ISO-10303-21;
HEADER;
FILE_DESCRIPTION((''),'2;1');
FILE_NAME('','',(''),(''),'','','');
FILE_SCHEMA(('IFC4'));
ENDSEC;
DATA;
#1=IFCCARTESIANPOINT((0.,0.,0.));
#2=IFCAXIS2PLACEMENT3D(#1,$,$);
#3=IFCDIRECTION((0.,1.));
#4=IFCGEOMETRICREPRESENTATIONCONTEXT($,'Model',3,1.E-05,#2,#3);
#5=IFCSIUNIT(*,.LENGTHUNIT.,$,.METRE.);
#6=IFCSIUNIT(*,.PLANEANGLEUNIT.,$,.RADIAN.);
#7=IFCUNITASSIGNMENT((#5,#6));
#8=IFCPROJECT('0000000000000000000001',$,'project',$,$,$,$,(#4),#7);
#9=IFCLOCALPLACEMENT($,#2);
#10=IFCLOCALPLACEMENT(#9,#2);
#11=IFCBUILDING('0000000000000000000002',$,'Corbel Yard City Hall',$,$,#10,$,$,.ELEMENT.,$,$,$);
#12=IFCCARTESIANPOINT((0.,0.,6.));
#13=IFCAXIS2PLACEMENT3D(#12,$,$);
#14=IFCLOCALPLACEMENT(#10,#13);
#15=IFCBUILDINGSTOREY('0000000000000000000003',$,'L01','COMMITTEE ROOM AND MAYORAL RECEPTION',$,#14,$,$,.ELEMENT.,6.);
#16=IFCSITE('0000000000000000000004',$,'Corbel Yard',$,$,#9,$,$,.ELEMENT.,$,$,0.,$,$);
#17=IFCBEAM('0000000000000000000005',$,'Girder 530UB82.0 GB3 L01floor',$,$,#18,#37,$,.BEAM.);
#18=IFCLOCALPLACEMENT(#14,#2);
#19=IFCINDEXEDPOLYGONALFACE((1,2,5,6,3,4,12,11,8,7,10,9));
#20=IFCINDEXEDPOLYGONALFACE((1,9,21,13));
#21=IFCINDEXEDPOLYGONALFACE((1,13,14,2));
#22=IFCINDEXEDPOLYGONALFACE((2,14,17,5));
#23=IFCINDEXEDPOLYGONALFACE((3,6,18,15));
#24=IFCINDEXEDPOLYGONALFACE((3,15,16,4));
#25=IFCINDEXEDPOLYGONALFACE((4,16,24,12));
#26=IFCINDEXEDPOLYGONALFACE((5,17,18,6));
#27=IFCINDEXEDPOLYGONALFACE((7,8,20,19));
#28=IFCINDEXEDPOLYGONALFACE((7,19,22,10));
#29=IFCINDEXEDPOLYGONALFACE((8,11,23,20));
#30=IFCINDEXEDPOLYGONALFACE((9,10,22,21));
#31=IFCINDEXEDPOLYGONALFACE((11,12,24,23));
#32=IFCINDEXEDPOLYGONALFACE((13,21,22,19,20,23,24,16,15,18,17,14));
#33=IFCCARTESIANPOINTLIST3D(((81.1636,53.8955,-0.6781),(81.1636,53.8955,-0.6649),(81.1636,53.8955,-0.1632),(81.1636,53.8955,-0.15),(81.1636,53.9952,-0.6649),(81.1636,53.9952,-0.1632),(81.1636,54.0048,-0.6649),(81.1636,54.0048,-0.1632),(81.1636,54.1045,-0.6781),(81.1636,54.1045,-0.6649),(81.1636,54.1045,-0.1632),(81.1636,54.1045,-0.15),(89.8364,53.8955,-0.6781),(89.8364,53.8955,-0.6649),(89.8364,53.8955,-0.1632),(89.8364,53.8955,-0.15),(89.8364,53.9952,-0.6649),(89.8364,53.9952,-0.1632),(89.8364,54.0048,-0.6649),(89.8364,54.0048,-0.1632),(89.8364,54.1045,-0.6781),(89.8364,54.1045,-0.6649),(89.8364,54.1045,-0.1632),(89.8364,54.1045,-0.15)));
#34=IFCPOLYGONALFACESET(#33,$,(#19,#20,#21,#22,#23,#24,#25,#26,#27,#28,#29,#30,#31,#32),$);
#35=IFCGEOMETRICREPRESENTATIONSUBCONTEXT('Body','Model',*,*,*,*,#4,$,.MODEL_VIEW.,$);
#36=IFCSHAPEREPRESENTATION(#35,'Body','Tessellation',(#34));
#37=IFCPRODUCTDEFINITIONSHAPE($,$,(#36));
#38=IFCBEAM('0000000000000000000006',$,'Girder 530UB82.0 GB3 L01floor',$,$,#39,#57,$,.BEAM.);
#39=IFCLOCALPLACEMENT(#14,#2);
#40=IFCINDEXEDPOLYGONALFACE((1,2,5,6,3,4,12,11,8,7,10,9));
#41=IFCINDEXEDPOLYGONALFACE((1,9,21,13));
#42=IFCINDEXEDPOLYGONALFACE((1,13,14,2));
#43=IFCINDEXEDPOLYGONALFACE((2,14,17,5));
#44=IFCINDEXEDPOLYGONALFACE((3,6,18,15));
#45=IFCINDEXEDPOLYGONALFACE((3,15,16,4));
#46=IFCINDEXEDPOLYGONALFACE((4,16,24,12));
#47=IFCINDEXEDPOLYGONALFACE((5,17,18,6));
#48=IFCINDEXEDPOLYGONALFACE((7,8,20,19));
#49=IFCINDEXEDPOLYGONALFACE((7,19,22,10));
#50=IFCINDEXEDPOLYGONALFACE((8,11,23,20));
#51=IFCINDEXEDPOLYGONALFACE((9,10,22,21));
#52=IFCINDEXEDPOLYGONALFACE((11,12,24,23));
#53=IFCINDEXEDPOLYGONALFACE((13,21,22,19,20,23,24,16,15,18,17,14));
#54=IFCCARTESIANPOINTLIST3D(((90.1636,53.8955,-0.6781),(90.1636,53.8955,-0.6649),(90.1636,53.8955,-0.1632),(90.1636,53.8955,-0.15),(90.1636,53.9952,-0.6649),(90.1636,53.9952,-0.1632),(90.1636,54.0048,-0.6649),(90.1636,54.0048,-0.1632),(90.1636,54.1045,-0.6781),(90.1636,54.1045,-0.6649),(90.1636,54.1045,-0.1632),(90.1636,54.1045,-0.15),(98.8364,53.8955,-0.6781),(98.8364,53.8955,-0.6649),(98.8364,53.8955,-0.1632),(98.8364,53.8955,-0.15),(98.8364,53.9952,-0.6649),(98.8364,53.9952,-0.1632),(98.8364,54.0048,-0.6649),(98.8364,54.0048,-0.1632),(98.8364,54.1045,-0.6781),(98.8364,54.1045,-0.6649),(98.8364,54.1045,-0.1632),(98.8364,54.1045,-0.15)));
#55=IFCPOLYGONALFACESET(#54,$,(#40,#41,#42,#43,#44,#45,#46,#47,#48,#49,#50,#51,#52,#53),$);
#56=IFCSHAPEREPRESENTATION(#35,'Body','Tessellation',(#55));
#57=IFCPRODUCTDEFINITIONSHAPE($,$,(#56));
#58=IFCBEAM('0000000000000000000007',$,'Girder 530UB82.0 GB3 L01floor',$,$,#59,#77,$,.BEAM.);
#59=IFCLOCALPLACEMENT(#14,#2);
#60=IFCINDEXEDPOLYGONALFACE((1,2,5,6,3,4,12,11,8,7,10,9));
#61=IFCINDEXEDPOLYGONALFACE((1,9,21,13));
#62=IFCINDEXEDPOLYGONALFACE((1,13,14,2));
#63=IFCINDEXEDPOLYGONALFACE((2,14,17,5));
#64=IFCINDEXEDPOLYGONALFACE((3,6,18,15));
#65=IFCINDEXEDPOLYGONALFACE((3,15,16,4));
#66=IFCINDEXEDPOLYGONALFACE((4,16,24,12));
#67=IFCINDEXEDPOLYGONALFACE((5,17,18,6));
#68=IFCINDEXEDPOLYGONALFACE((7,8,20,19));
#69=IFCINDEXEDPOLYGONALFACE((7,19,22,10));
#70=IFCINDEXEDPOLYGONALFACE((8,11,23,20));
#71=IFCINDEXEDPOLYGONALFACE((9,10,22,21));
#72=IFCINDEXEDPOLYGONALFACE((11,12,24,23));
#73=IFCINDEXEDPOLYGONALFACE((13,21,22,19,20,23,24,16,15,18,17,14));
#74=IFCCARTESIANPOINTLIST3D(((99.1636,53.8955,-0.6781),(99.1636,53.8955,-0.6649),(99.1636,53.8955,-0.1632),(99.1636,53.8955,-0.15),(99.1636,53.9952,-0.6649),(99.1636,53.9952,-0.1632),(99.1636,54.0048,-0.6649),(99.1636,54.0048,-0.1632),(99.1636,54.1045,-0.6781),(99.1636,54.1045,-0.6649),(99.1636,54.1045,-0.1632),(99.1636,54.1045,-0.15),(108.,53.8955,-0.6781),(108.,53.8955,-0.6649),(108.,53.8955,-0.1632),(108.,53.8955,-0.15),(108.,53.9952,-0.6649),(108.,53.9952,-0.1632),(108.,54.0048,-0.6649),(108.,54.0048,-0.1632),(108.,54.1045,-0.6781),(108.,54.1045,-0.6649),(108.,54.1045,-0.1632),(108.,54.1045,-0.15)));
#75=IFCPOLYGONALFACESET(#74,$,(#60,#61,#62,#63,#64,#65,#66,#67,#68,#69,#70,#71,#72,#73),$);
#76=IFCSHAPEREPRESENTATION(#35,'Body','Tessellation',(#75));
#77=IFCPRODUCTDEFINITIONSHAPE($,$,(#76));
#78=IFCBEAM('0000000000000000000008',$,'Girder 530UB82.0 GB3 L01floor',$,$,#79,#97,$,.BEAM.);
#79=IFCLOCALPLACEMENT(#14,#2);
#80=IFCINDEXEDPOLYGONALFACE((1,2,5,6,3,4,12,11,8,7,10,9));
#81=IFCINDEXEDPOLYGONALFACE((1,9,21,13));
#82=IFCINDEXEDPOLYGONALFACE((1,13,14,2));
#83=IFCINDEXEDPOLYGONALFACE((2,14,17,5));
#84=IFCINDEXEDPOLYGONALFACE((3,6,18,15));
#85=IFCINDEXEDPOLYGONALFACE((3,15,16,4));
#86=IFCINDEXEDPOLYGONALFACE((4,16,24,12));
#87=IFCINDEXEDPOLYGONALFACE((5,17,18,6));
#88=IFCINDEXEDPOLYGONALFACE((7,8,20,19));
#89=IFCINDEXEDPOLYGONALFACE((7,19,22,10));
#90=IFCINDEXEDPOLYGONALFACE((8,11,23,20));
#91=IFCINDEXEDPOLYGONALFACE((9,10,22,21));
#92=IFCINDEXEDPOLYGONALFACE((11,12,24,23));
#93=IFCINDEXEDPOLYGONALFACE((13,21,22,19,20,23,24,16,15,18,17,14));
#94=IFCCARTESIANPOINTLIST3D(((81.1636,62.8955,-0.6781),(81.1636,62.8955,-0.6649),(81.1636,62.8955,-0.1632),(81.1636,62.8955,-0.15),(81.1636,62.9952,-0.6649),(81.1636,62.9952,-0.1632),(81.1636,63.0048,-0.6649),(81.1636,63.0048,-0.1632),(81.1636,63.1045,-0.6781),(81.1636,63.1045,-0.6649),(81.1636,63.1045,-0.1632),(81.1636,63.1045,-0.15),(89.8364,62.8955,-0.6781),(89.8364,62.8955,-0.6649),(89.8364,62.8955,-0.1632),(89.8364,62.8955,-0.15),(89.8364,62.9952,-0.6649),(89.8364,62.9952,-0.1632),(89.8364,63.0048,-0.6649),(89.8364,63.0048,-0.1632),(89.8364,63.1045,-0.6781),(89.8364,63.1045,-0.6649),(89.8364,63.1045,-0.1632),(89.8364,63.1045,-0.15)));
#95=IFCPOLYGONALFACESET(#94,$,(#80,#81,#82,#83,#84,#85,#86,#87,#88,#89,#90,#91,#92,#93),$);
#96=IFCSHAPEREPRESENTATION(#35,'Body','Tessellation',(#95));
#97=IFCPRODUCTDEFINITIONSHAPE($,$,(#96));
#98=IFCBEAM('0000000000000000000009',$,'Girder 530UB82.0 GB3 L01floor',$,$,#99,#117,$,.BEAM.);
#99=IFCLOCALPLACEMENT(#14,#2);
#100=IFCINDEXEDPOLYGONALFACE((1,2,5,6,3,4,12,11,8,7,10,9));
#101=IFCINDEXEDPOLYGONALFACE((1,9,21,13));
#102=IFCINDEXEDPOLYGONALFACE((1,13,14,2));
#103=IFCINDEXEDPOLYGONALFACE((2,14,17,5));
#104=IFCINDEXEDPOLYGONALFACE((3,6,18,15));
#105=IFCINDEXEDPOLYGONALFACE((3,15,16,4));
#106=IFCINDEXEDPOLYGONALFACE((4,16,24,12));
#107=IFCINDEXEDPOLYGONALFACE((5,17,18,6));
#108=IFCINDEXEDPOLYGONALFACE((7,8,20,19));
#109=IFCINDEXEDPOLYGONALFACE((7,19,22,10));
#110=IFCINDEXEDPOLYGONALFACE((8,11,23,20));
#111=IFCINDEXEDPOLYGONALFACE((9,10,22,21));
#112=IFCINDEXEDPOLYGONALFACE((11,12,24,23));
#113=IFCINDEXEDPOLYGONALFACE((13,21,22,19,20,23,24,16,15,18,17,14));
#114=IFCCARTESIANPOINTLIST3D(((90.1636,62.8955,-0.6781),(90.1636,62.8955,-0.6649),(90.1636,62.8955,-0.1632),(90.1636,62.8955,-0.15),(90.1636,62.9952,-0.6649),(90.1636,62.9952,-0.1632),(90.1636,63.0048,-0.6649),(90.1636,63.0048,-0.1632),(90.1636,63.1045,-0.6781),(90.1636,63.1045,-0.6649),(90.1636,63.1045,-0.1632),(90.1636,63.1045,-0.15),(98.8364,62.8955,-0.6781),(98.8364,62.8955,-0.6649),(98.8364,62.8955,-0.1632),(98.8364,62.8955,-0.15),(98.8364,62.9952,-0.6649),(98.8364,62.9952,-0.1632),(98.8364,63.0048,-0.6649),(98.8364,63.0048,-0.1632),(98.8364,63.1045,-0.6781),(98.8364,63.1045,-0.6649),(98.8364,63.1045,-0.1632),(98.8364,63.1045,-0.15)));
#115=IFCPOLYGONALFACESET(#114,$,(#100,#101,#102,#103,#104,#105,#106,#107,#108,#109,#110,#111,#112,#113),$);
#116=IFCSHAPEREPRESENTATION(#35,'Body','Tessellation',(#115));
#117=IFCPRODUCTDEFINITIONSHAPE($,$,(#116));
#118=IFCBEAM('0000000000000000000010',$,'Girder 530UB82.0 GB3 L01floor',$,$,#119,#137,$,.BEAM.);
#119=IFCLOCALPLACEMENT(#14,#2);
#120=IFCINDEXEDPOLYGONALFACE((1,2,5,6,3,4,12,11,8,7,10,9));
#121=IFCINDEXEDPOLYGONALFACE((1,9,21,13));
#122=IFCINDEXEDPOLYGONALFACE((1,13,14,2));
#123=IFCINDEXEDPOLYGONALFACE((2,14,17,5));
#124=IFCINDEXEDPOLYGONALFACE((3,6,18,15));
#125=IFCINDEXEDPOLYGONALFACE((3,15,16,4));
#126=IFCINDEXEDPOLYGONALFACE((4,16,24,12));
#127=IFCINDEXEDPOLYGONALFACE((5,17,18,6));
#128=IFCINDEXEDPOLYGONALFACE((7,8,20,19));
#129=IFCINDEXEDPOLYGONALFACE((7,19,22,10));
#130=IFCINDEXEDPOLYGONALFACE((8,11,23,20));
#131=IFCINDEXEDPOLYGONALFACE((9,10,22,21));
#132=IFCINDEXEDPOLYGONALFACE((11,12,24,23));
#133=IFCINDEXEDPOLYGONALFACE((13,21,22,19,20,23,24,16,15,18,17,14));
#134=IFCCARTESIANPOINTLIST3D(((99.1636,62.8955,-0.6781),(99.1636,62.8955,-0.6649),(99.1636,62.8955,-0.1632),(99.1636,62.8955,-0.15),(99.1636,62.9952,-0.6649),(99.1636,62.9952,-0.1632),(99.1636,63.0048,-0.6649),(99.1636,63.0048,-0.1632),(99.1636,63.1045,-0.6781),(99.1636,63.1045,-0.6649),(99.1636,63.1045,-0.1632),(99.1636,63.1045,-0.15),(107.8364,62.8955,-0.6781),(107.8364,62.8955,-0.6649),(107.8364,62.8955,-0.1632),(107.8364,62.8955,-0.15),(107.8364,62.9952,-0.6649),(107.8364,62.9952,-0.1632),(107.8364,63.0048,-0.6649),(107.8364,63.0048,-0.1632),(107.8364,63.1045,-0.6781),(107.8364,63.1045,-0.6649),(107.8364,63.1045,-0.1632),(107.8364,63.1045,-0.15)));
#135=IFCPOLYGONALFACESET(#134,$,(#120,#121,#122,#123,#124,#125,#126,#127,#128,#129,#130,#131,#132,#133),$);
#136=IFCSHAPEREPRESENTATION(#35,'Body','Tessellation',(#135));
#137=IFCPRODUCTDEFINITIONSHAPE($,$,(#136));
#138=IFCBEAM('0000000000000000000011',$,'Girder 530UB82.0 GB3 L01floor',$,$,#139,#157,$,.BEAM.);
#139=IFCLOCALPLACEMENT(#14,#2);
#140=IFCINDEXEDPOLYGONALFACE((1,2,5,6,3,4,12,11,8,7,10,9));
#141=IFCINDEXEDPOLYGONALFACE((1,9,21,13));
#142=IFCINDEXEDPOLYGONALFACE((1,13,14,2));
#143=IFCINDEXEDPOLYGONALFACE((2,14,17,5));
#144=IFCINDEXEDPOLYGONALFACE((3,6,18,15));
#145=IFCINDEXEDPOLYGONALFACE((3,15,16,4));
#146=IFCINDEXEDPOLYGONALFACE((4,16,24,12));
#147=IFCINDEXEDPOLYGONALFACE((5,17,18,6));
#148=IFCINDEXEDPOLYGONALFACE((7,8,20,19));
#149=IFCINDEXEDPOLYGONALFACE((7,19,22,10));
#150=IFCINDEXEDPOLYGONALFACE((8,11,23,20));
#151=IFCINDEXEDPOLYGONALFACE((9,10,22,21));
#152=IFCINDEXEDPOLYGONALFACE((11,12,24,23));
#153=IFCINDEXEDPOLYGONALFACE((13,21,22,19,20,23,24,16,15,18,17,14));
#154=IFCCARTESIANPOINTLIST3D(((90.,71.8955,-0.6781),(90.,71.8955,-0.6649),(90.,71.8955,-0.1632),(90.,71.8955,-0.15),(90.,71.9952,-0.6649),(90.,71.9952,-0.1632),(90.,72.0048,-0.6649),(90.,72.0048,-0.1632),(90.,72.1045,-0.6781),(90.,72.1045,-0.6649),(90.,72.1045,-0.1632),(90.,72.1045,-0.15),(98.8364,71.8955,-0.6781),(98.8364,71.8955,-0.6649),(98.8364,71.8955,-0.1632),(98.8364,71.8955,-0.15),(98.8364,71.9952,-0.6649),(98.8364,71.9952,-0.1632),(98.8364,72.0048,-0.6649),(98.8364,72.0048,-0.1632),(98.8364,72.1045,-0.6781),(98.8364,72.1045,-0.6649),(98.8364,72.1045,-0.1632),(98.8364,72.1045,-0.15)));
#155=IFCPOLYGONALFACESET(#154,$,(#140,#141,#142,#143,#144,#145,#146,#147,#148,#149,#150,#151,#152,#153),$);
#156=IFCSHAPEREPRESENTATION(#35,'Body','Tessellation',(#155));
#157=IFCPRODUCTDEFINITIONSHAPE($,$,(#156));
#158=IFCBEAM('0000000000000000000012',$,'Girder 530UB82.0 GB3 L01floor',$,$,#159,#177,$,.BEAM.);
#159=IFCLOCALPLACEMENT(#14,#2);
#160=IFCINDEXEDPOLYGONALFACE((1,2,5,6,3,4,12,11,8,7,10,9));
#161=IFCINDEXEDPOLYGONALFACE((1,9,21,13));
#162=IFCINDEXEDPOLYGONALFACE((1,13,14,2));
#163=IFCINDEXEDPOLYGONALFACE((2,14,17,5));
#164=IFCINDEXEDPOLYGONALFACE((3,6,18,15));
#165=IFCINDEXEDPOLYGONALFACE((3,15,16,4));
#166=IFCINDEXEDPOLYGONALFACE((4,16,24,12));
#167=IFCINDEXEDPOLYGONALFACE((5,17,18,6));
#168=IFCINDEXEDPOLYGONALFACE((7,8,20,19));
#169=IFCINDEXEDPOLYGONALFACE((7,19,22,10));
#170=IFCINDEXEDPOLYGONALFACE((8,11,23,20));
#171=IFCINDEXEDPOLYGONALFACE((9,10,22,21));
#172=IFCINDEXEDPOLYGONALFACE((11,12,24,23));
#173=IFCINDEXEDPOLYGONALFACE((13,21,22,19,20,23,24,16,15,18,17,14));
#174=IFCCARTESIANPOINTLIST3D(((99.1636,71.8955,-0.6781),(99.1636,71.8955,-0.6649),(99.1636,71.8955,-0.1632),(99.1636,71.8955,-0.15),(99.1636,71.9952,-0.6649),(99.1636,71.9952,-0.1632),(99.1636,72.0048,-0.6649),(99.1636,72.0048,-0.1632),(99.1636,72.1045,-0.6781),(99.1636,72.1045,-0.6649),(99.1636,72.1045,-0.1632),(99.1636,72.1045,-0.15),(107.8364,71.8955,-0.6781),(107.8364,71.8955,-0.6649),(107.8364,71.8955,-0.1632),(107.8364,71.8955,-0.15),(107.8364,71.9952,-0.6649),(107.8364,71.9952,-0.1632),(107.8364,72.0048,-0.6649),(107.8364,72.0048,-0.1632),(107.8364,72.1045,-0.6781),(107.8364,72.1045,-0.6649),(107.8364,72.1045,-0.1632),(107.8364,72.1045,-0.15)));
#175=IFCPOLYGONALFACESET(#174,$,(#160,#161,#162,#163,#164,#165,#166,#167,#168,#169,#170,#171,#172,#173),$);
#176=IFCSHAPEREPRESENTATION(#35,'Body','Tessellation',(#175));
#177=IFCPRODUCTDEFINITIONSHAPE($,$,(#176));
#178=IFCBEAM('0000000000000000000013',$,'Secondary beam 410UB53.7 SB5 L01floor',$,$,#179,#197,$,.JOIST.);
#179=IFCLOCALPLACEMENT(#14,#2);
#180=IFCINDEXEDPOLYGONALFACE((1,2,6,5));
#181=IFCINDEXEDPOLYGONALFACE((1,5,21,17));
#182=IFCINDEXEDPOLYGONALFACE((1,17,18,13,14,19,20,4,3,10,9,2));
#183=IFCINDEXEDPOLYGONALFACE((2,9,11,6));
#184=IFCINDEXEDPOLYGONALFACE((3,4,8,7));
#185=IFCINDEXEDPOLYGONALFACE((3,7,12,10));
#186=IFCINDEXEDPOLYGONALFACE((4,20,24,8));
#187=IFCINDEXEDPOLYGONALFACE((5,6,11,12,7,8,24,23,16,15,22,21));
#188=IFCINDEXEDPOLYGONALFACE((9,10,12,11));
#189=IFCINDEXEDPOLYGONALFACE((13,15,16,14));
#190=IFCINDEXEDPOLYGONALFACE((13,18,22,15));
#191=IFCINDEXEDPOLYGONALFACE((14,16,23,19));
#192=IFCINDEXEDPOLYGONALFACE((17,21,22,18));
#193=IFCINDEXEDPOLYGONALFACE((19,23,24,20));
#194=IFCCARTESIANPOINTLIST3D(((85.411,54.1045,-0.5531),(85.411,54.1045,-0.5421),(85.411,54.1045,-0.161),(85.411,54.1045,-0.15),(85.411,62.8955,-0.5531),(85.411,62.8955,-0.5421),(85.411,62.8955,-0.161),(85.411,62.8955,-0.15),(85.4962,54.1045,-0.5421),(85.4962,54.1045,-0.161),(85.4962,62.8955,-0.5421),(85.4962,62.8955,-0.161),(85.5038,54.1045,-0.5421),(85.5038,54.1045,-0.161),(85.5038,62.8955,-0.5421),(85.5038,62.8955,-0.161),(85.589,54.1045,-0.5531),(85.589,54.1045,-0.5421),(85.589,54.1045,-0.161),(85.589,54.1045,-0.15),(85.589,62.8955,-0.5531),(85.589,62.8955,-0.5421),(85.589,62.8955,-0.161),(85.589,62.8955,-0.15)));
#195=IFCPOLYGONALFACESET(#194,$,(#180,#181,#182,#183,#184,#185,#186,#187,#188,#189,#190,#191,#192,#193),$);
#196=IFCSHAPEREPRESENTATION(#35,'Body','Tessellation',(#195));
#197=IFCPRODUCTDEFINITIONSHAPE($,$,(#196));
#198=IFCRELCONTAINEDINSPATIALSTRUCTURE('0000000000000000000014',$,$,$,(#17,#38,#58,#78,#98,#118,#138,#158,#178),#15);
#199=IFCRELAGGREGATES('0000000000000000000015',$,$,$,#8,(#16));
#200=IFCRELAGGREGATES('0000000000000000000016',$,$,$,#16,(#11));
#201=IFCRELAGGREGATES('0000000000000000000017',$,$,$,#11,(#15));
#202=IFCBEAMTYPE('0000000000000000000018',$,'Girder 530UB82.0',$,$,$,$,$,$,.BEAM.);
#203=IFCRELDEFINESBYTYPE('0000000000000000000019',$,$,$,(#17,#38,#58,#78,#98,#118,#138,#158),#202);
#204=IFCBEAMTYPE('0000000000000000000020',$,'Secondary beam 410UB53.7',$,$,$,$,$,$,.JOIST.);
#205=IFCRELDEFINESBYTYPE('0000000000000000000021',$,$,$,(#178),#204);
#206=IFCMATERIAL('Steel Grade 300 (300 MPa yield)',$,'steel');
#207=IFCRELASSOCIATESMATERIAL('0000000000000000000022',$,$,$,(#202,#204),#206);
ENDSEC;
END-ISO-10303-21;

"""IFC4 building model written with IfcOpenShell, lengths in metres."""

from ifc_helpers import new_model, si_unit, direction, frame, origin, origin_2d, place, context, subcontext, project, spatial, i_section, extrude, material, material_profile, profile_set, type_object, element, save


model = new_model("IFC4")

# Units and contexts
model_context = context("Model", 3, precision=1e-05, world=origin(), true_north=direction((0.0, 1.0)))
body_context = subcontext(model_context, "Body", "Model", "MODEL_VIEW")
ifc_project = project(units=[si_unit("LENGTHUNIT", "METRE"), si_unit("PLANEANGLEUNIT", "RADIAN")], contexts=[model_context])

# Site, building, storey
site_placement = place(None, origin())
site = spatial("IfcSite", under=ifc_project, at=site_placement, Name="Corbel Yard", CompositionType="ELEMENT", RefElevation=0.0)
building_placement = place(site_placement, origin())
building = spatial("IfcBuilding", under=site, at=building_placement, Name="Corbel Yard City Hall", CompositionType="ELEMENT")
storey_placement = place(building_placement, frame((0.0, 0.0, 6.0)))
storey = spatial("IfcBuildingStorey", under=building, at=storey_placement, Name="L01", Description="COMMITTEE ROOM AND MAYORAL RECEPTION", CompositionType="ELEMENT", Elevation=6.0)

# Shared definitions
ifc_material_1 = material(Name="Steel Grade 300 (300 MPa yield)", Category="steel")

# Beams
ifc_material_profile_1 = material_profile(ifc_material_1, i_section(OverallWidth=0.209, OverallDepth=0.5281, WebThickness=0.0095, FlangeThickness=0.0132, at=origin_2d()), Name="530UB82.0")
ifc_profile_set_1 = profile_set([ifc_material_profile_1], Name="Steel Grade 300 (300 MPa yield)")
beam_type_1 = type_object("IfcBeamType", Name="Girder 530UB82.0", PredefinedType="BEAM", material=ifc_profile_set_1)
for number, where, z_axis, x_axis, name in (
    (1, (81.1636, 54.0, -0.4141), (1.0, 0.0, 0.0), (0.0, 1.0, 0.0), "Girder 530UB82.0 GB3 L01floor"),
    (2, (90.1636, 54.0, -0.4141), (1.0, 0.0, 0.0), (0.0, 1.0, 0.0), "Girder 530UB82.0 GB3 L01floor"),
):
    element("IfcBeam", number, at=place(storey_placement, frame(where, z_axis=z_axis, x_axis=x_axis)), inside=storey, type_object=beam_type_1, Name=name, PredefinedType="BEAM", context=body_context, shape_type="SweptSolid", body=[
        extrude(i_section(OverallWidth=0.209, OverallDepth=0.5281, WebThickness=0.0095, FlangeThickness=0.0132, at=origin_2d()), origin(), (0.0, 0.0, 1.0), 8.6729),
    ])
beam_1_placement = place(storey_placement, frame((99.1636, 54.0, -0.4141), z_axis=(1.0, 0.0, 0.0), x_axis=(0.0, 1.0, 0.0)))
element("IfcBeam", 3, at=beam_1_placement, inside=storey, type_object=beam_type_1, Name="Girder 530UB82.0 GB3 L01floor", PredefinedType="BEAM", context=body_context, shape_type="SweptSolid", body=[
    extrude(i_section(OverallWidth=0.209, OverallDepth=0.5281, WebThickness=0.0095, FlangeThickness=0.0132, at=origin_2d()), origin(), (0.0, 0.0, 1.0), 8.8364),
])
for number, where, z_axis, x_axis, name in (
    (4, (81.1636, 63.0, -0.4141), (1.0, 0.0, 0.0), (0.0, 1.0, 0.0), "Girder 530UB82.0 GB3 L01floor"),
    (5, (90.1636, 63.0, -0.4141), (1.0, 0.0, 0.0), (0.0, 1.0, 0.0), "Girder 530UB82.0 GB3 L01floor"),
    (6, (99.1636, 63.0, -0.4141), (1.0, 0.0, 0.0), (0.0, 1.0, 0.0), "Girder 530UB82.0 GB3 L01floor"),
):
    element("IfcBeam", number, at=place(storey_placement, frame(where, z_axis=z_axis, x_axis=x_axis)), inside=storey, type_object=beam_type_1, Name=name, PredefinedType="BEAM", context=body_context, shape_type="SweptSolid", body=[
        extrude(i_section(OverallWidth=0.209, OverallDepth=0.5281, WebThickness=0.0095, FlangeThickness=0.0132, at=origin_2d()), origin(), (0.0, 0.0, 1.0), 8.6729),
    ])
beam_2_placement = place(storey_placement, frame((90.0, 72.0, -0.4141), z_axis=(1.0, 0.0, 0.0), x_axis=(0.0, 1.0, 0.0)))
element("IfcBeam", 7, at=beam_2_placement, inside=storey, type_object=beam_type_1, Name="Girder 530UB82.0 GB3 L01floor", PredefinedType="BEAM", context=body_context, shape_type="SweptSolid", body=[
    extrude(i_section(OverallWidth=0.209, OverallDepth=0.5281, WebThickness=0.0095, FlangeThickness=0.0132, at=origin_2d()), origin(), (0.0, 0.0, 1.0), 8.8364),
])
beam_3_placement = place(storey_placement, frame((99.1636, 72.0, -0.4141), z_axis=(1.0, 0.0, 0.0), x_axis=(0.0, 1.0, 0.0)))
element("IfcBeam", 8, at=beam_3_placement, inside=storey, type_object=beam_type_1, Name="Girder 530UB82.0 GB3 L01floor", PredefinedType="BEAM", context=body_context, shape_type="SweptSolid", body=[
    extrude(i_section(OverallWidth=0.209, OverallDepth=0.5281, WebThickness=0.0095, FlangeThickness=0.0132, at=origin_2d()), origin(), (0.0, 0.0, 1.0), 8.6729),
])
ifc_material_profile_2 = material_profile(ifc_material_1, i_section(OverallWidth=0.178, OverallDepth=0.4031, WebThickness=0.0076, FlangeThickness=0.011, at=origin_2d()), Name="410UB53.7")
ifc_profile_set_2 = profile_set([ifc_material_profile_2], Name="Steel Grade 300 (300 MPa yield)")
beam_type_2 = type_object("IfcBeamType", Name="Secondary beam 410UB53.7", PredefinedType="JOIST", material=ifc_profile_set_2)
beam_4_placement = place(storey_placement, frame((85.5, 54.1045, -0.3516), z_axis=(0.0, 1.0, 0.0), x_axis=(-1.0, 0.0, 0.0)))
element("IfcBeam", 9, at=beam_4_placement, inside=storey, type_object=beam_type_2, Name="Secondary beam 410UB53.7 SB5 L01floor", PredefinedType="JOIST", context=body_context, shape_type="SweptSolid", body=[
    extrude(i_section(OverallWidth=0.178, OverallDepth=0.4031, WebThickness=0.0076, FlangeThickness=0.011, at=origin_2d()), origin(), (0.0, 0.0, 1.0), 8.791),
])

save(model, "model.ifc")
